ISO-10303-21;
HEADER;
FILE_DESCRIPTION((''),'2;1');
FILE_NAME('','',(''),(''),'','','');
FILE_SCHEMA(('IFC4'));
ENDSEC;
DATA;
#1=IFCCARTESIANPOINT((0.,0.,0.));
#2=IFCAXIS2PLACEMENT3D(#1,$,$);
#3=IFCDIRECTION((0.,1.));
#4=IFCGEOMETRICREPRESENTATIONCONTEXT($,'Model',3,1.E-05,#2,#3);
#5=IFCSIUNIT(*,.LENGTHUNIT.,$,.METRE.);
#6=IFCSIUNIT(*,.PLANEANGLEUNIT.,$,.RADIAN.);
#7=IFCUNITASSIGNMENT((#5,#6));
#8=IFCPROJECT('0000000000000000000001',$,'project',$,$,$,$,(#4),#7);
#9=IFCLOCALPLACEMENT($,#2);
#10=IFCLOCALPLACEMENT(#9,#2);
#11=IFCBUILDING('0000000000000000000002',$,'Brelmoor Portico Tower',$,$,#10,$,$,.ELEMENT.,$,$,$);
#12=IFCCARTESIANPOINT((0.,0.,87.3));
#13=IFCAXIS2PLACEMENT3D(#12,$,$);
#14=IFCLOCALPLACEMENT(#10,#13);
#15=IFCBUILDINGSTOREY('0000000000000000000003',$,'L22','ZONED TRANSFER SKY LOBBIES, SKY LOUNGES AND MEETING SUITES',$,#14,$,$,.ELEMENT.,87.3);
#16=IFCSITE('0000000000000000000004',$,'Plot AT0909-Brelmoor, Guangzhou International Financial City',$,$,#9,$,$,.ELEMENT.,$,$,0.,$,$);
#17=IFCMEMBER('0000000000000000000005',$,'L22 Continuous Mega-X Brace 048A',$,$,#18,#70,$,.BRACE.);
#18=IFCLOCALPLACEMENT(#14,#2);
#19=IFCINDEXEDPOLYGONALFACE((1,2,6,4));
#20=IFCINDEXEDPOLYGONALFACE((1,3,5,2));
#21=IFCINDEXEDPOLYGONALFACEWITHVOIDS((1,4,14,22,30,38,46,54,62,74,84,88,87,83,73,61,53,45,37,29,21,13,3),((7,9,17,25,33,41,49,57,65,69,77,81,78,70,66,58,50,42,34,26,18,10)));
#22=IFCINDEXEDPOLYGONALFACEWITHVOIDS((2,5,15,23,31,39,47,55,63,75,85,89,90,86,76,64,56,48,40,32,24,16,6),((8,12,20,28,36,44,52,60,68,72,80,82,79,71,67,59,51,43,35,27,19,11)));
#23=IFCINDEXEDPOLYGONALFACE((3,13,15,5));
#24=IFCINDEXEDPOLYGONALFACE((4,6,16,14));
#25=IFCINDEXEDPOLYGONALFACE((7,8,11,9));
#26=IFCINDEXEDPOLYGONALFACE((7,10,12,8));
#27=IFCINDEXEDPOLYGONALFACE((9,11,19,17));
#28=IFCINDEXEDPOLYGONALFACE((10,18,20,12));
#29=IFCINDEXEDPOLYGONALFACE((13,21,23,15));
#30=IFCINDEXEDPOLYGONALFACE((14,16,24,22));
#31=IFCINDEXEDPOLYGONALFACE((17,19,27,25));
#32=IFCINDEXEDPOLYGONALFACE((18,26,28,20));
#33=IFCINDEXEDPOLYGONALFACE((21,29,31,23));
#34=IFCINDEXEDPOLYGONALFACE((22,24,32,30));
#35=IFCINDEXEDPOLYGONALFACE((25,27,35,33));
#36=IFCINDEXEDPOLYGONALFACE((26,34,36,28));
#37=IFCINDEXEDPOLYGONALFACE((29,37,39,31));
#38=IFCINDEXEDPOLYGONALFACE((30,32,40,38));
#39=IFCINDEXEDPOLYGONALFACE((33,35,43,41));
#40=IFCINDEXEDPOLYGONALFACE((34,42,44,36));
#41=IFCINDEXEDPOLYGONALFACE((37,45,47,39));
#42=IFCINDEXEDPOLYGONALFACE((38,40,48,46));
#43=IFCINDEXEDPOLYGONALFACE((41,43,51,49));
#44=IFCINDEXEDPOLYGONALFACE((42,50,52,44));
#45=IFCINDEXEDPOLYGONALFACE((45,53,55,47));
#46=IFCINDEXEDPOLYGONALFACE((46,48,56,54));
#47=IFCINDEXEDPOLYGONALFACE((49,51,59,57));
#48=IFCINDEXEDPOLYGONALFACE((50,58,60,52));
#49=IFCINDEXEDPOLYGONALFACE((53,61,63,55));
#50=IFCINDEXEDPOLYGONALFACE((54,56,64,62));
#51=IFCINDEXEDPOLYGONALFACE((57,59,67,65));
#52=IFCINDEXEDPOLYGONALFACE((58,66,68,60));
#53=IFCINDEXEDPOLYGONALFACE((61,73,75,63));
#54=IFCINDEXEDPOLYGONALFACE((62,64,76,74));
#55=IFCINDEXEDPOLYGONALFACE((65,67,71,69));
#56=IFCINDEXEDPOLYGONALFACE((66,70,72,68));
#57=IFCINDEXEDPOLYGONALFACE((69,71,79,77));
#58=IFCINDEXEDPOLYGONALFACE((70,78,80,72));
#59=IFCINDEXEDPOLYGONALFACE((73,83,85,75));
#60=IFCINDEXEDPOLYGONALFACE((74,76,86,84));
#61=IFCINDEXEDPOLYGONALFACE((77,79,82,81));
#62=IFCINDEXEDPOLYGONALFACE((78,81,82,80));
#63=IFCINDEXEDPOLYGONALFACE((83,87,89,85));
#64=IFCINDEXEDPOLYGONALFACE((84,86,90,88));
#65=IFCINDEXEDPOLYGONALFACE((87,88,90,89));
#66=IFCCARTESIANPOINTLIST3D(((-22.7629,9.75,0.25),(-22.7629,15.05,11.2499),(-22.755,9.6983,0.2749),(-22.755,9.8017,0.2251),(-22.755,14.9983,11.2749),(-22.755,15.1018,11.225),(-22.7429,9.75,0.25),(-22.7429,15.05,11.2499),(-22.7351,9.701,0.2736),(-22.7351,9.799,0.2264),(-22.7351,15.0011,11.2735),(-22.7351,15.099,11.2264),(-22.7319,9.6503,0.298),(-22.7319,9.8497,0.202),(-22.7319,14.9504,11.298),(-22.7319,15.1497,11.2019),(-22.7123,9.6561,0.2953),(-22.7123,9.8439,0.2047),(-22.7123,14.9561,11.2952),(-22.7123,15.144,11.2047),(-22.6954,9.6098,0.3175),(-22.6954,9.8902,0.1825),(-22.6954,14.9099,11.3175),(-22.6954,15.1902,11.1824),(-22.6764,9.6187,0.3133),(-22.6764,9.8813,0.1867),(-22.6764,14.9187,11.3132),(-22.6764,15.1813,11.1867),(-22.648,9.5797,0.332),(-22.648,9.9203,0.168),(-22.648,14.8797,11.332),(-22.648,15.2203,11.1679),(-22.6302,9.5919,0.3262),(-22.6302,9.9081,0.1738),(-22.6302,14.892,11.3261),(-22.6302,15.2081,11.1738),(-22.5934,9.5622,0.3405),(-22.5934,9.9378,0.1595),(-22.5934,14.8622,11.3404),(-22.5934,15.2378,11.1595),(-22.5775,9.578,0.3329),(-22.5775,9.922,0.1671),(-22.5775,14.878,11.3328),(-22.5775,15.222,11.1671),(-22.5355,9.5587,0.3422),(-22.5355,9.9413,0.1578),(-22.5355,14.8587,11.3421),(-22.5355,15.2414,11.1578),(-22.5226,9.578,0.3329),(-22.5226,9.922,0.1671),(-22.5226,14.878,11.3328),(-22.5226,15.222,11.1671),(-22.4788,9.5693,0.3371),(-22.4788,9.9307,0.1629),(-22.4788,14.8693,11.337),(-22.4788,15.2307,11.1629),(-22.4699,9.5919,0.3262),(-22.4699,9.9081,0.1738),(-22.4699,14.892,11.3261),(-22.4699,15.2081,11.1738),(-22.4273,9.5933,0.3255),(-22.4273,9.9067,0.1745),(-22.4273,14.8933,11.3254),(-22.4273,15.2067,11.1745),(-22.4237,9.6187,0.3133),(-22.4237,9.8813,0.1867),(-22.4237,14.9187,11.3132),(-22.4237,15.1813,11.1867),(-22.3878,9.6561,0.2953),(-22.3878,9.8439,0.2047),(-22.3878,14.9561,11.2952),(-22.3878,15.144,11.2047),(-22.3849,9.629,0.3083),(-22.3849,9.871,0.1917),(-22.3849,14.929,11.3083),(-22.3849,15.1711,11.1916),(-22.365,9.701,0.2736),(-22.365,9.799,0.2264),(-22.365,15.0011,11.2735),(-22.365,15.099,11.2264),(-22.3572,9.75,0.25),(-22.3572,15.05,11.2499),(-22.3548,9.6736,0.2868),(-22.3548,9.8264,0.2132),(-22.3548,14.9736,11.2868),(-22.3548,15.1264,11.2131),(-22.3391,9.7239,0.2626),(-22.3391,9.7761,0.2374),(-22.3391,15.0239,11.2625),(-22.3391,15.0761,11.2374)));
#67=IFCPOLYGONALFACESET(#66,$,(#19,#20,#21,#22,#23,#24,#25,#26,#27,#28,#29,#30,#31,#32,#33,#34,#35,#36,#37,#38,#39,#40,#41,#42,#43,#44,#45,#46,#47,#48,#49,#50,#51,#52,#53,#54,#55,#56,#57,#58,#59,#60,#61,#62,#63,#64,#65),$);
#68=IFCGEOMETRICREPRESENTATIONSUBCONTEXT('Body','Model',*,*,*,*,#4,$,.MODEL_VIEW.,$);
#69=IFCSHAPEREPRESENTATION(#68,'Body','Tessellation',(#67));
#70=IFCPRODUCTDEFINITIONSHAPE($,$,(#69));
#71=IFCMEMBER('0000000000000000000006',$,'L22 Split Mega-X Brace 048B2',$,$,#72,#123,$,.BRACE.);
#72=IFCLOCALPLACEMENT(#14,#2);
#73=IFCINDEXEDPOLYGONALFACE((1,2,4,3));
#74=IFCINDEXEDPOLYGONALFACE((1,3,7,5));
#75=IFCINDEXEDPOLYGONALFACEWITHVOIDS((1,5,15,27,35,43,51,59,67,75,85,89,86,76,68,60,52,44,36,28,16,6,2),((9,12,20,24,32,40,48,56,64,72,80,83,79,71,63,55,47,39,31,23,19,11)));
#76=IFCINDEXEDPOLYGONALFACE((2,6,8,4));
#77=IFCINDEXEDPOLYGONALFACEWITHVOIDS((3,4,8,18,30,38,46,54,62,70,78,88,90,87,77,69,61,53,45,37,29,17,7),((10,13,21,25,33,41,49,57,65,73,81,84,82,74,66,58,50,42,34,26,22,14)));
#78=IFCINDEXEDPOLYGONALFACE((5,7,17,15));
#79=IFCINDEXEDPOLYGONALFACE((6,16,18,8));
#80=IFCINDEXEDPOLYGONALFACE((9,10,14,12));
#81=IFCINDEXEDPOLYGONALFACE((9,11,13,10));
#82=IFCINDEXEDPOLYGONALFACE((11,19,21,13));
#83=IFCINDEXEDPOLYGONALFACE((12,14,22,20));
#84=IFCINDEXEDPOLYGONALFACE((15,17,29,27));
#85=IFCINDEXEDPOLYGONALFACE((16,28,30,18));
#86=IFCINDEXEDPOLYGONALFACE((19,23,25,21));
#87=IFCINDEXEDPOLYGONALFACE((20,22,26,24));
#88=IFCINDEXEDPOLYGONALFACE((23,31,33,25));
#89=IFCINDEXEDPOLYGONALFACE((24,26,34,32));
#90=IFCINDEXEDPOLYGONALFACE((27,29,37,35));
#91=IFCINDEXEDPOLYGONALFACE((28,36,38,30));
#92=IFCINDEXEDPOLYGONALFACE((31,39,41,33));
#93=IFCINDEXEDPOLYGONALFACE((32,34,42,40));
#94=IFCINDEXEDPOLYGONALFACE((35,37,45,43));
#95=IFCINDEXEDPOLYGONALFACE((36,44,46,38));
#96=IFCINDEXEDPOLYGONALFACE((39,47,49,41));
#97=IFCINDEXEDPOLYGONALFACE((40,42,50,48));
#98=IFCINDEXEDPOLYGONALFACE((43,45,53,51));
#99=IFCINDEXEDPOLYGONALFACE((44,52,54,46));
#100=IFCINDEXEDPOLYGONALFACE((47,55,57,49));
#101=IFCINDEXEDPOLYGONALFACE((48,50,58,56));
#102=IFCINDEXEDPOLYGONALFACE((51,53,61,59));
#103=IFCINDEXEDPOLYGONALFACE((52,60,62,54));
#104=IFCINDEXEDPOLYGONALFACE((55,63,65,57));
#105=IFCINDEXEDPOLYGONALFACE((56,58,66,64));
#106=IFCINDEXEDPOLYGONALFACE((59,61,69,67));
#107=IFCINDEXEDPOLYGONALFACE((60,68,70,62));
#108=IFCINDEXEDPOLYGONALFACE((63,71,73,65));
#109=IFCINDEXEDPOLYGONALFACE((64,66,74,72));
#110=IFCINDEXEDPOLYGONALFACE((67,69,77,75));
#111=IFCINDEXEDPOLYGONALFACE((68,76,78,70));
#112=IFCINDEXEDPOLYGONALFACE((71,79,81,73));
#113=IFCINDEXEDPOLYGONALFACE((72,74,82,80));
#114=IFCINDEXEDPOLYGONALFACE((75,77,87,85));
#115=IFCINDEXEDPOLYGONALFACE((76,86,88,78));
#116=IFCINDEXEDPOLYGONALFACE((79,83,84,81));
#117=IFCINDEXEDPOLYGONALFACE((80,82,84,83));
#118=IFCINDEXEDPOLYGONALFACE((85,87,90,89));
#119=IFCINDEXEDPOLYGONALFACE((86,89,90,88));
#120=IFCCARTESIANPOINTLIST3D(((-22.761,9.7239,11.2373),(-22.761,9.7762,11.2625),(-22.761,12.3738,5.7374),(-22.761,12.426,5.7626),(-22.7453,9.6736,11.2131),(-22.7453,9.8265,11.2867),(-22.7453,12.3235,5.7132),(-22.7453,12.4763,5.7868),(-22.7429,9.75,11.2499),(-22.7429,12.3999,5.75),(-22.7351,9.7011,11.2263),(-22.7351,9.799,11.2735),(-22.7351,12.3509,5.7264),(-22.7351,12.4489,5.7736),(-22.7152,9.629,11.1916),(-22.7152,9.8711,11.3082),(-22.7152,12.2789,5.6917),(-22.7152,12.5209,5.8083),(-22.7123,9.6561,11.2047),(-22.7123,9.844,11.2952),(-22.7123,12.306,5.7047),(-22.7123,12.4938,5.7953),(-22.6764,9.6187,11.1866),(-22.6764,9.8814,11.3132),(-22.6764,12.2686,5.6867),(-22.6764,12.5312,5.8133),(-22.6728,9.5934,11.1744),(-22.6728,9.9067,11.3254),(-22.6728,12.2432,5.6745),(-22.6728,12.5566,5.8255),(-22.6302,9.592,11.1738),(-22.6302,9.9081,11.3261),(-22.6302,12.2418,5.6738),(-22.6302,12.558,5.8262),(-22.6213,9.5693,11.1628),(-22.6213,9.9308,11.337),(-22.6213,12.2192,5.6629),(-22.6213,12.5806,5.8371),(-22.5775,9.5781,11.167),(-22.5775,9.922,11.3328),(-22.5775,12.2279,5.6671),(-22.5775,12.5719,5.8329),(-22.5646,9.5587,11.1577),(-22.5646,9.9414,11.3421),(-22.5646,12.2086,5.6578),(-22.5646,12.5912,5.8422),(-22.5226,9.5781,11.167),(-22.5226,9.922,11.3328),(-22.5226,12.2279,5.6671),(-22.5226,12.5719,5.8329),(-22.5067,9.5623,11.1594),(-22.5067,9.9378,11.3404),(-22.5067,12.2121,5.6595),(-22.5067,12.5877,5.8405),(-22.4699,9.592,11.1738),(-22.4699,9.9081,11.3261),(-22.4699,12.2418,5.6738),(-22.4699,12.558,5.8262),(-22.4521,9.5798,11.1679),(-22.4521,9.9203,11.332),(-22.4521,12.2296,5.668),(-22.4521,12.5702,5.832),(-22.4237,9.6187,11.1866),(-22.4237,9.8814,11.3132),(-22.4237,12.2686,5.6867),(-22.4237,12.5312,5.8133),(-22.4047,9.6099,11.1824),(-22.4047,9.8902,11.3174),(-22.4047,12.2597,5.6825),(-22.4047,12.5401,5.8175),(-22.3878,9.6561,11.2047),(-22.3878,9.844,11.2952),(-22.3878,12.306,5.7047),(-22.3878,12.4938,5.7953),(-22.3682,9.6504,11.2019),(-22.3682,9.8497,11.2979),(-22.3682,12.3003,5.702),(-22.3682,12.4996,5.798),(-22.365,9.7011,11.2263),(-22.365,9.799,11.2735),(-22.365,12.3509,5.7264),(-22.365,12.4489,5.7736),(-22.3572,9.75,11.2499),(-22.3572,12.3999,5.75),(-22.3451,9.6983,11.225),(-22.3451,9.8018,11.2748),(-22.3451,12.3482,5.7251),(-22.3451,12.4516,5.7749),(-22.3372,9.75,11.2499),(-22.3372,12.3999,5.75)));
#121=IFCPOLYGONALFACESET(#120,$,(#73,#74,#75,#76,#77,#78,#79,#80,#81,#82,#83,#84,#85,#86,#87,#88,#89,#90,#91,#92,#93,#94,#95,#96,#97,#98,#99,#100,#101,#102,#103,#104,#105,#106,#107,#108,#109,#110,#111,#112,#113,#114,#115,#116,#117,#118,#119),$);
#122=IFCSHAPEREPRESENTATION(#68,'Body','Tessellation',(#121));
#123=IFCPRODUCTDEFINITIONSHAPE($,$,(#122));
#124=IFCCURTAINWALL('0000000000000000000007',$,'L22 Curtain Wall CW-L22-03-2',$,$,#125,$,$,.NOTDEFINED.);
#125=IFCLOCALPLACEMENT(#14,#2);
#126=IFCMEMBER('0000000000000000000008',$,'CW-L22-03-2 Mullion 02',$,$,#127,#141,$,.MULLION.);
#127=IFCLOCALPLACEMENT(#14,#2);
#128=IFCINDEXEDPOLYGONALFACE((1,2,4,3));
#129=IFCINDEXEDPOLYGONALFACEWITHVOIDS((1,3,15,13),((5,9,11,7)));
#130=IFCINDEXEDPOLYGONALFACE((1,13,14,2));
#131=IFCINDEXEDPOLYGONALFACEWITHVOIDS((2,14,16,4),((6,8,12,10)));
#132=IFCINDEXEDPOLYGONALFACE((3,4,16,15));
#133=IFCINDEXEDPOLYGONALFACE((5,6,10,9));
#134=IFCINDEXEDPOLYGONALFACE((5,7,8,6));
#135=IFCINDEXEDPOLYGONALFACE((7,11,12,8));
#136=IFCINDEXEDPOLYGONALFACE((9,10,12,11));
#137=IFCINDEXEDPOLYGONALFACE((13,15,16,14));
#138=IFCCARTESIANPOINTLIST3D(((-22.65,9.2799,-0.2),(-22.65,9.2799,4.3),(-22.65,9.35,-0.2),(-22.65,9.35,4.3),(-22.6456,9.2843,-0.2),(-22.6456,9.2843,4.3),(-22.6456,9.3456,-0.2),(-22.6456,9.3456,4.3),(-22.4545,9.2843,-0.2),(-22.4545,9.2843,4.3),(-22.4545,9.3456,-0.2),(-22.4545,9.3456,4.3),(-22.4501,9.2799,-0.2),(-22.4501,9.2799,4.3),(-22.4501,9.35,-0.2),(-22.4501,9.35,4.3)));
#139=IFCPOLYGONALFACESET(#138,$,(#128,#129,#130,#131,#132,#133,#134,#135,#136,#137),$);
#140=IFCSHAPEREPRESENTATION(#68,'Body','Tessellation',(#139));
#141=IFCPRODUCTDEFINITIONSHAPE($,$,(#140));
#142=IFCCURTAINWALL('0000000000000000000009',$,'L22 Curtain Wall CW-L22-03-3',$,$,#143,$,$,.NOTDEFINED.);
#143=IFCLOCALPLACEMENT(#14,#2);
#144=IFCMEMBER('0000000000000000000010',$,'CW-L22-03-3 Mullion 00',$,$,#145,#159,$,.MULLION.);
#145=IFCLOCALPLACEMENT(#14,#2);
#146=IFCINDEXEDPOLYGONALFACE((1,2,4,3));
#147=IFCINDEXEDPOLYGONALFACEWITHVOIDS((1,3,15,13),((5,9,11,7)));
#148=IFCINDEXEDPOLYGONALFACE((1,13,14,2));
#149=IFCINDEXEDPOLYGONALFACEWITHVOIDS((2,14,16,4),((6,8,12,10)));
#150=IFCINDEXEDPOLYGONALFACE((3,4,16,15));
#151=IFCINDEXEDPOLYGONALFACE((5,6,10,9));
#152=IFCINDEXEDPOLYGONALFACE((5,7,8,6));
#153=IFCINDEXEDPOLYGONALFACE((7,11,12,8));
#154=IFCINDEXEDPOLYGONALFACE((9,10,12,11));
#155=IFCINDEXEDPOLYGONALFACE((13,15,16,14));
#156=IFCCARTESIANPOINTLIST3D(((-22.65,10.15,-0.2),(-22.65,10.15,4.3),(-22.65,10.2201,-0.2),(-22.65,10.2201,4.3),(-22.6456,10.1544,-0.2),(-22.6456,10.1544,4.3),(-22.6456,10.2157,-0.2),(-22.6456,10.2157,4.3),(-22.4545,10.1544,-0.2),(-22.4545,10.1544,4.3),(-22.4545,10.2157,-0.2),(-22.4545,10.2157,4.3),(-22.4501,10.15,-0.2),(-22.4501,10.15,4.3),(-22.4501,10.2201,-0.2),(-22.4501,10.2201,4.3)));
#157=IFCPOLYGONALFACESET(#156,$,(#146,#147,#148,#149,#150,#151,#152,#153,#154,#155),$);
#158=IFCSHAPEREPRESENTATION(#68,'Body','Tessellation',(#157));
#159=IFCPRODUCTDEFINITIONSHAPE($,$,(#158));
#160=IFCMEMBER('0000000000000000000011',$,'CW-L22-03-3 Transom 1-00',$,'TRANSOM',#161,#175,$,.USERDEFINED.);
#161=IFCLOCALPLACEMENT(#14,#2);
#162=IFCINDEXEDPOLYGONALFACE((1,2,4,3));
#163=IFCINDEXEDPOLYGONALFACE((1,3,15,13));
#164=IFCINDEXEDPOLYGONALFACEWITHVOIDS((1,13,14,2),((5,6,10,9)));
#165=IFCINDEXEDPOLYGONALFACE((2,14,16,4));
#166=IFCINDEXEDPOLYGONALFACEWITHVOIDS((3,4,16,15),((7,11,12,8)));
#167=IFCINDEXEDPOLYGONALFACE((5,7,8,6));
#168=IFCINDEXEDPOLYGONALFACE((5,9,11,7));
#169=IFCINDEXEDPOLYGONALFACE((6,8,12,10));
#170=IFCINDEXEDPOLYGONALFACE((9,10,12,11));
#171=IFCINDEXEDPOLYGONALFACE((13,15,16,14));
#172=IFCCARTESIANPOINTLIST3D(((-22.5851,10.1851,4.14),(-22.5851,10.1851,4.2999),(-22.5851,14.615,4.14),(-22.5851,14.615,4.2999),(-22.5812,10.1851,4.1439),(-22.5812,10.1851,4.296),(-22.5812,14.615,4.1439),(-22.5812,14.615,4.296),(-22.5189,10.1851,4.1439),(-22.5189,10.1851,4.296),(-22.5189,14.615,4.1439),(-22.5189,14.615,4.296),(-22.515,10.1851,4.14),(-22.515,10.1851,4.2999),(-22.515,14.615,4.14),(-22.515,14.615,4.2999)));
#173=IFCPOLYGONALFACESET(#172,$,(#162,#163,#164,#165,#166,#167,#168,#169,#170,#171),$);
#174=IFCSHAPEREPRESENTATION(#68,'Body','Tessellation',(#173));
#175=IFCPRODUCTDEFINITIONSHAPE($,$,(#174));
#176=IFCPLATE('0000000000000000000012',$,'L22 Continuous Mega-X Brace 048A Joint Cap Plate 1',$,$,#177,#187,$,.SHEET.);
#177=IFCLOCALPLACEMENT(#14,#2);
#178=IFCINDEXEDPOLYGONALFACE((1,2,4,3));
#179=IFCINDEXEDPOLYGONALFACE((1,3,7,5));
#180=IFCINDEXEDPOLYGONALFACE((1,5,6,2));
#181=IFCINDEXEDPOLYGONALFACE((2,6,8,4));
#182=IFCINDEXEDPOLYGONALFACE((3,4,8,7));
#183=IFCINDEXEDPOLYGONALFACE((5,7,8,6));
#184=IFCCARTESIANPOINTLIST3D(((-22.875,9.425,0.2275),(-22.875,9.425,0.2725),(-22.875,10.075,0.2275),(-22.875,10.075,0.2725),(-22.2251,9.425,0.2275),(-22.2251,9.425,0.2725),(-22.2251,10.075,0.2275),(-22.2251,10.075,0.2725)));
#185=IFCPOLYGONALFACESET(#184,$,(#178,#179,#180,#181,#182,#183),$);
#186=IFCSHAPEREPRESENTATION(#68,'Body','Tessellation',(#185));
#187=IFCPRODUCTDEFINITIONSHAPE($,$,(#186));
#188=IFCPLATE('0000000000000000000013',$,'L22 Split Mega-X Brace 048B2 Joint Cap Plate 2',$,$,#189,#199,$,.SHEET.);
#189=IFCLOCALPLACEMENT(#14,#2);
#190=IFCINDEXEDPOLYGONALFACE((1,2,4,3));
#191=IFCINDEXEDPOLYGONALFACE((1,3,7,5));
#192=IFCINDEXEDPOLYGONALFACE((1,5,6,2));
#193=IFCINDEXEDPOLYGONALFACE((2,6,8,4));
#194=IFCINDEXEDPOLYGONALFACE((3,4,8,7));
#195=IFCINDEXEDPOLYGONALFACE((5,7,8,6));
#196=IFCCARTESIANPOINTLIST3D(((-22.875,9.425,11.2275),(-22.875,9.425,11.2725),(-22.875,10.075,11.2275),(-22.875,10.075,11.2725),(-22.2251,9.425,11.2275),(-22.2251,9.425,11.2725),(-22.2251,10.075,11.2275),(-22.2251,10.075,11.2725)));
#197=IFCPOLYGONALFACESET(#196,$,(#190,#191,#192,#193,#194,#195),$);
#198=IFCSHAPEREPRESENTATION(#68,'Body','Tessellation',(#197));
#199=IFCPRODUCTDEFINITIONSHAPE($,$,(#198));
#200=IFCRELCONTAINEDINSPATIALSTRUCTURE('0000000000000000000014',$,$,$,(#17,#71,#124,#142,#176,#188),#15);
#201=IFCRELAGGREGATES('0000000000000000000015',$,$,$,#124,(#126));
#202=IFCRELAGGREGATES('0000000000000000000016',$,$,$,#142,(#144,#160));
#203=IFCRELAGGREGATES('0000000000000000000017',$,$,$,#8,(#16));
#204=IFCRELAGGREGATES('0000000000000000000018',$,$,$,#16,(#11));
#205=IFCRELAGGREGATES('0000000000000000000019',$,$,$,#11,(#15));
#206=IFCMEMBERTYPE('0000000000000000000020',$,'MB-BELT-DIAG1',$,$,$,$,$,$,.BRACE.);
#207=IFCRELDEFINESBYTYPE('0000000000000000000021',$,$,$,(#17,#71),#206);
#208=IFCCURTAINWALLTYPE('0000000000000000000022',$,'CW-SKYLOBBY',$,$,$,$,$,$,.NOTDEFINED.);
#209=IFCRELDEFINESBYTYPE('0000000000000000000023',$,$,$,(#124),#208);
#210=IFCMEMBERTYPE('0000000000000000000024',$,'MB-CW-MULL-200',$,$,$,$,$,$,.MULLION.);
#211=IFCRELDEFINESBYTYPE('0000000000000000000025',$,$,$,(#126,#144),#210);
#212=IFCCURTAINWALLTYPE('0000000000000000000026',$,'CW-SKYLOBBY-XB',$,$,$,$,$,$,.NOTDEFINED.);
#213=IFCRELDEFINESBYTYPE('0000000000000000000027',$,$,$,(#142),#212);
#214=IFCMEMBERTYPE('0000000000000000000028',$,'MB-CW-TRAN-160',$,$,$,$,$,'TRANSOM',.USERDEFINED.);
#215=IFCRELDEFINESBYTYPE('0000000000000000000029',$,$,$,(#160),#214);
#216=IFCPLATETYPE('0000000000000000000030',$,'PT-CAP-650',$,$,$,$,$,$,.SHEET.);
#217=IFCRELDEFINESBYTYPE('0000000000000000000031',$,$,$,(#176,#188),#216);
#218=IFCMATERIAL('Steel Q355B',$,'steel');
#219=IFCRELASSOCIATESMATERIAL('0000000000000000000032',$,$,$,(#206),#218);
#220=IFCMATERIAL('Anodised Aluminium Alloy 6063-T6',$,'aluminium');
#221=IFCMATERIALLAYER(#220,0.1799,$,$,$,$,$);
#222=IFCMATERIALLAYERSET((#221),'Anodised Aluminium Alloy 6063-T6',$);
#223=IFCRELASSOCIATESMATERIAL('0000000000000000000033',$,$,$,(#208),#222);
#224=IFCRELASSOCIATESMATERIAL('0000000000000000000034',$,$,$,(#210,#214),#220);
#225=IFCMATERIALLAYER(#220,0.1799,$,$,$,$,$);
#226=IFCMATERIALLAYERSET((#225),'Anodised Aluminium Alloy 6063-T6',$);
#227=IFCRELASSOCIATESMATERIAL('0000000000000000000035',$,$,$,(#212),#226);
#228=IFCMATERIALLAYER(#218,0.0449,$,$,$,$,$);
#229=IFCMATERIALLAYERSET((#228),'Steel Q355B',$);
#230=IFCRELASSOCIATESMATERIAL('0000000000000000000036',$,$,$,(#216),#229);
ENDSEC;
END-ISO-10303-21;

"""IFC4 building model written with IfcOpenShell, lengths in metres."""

from ifc_helpers import new_model, si_unit, direction, frame, origin, origin_2d, place, context, subcontext, project, spatial, rectangle, hollow_rectangle, hollow_circle, extrude, material, layer, layer_set, material_profile, profile_set, type_object, element, aggregate, save


model = new_model("IFC4")

# Units and contexts
model_context = context("Model", 3, precision=1e-05, world=origin(), true_north=direction((0.0, 1.0)))
body_context = subcontext(model_context, "Body", "Model", "MODEL_VIEW")
ifc_project = project(units=[si_unit("LENGTHUNIT", "METRE"), si_unit("PLANEANGLEUNIT", "RADIAN")], contexts=[model_context])

# Site, building, storey
site_placement = place(None, origin())
site = spatial("IfcSite", under=ifc_project, at=site_placement, Name="Plot AT0909-Brelmoor, Guangzhou International Financial City", CompositionType="ELEMENT", RefElevation=0.0)
building_placement = place(site_placement, origin())
building = spatial("IfcBuilding", under=site, at=building_placement, Name="Brelmoor Portico Tower", CompositionType="ELEMENT")
storey_placement = place(building_placement, frame((0.0, 0.0, 87.3)))
storey = spatial("IfcBuildingStorey", under=building, at=storey_placement, Name="L22", Description="ZONED TRANSFER SKY LOBBIES, SKY LOUNGES AND MEETING SUITES", CompositionType="ELEMENT", Elevation=87.3)

# Shared definitions
ifc_material_1 = material(Name="Steel Q355B", Category="steel")

# Members
ifc_material_profile_1 = material_profile(ifc_material_1, hollow_circle(Radius=0.2129, WallThickness=0.02, at=origin_2d()), Name="CHS 426x20")
ifc_profile_set_1 = profile_set([ifc_material_profile_1], Name="Steel Q355B")
member_type_1 = type_object("IfcMemberType", Name="MB-BELT-DIAG1", PredefinedType="BRACE", material=ifc_profile_set_1)
member_1_placement = place(storey_placement, frame((-22.55, 9.75, 0.25), z_axis=(0.0, 0.434065, 0.900882), x_axis=(-1.0, 0.0, 0.0)))
element("IfcMember", 1, at=member_1_placement, inside=storey, type_object=member_type_1, Name="L22 Continuous Mega-X Brace 048A", PredefinedType="BRACE", context=body_context, shape_type="SweptSolid", body=[
    extrude(hollow_circle(Radius=0.2129, WallThickness=0.02, at=origin_2d()), origin(), (0.0, 0.0, 1.0), 12.2102),
])
member_2_placement = place(storey_placement, frame((-22.55, 12.3999, 5.75), z_axis=(0.0, -0.434049, 0.900889), x_axis=(1.0, 0.0, 0.0)))
element("IfcMember", 2, at=member_2_placement, inside=storey, type_object=member_type_1, Name="L22 Split Mega-X Brace 048B2", PredefinedType="BRACE", context=body_context, shape_type="SweptSolid", body=[
    extrude(hollow_circle(Radius=0.2129, WallThickness=0.02, at=origin_2d()), origin(), (0.0, 0.0, 1.0), 6.105),
])

# Curtain wall, member
ifc_material_2 = material(Name="Anodised Aluminium Alloy 6063-T6", Category="aluminium")
ifc_layer_1 = layer(ifc_material_2, 0.1799)
ifc_layer_set_1 = layer_set([ifc_layer_1], Name="Anodised Aluminium Alloy 6063-T6")
curtain_wall_type_1 = type_object("IfcCurtainWallType", Name="CW-SKYLOBBY", PredefinedType="NOTDEFINED", material=ifc_layer_set_1)
curtain_wall_1_placement = place(storey_placement, origin())
curtain_wall_1 = element("IfcCurtainWall", 3, at=curtain_wall_1_placement, inside=storey, type_object=curtain_wall_type_1, Name="L22 Curtain Wall CW-L22-03-2", PredefinedType="NOTDEFINED")
ifc_material_profile_2 = material_profile(ifc_material_2, hollow_rectangle(XDim=0.0701, YDim=0.2, WallThickness=0.0044, at=origin_2d()), Name="ALU MULLION 70x200")
ifc_profile_set_2 = profile_set([ifc_material_profile_2], Name="Anodised Aluminium Alloy 6063-T6")
member_type_2 = type_object("IfcMemberType", Name="MB-CW-MULL-200", PredefinedType="MULLION", material=ifc_profile_set_2)
member_3_placement = place(storey_placement, frame((-22.55, 9.3149, -0.2), z_axis=(0.0, 0.0, 1.0), x_axis=(0.0, 1.0, 0.0)))
member_3 = element("IfcMember", 4, at=member_3_placement, type_object=member_type_2, Name="CW-L22-03-2 Mullion 02", PredefinedType="MULLION", context=body_context, shape_type="SweptSolid", body=[
    extrude(hollow_rectangle(XDim=0.0701, YDim=0.2, WallThickness=0.0044, at=origin_2d()), origin(), (0.0, 0.0, 1.0), 4.5),
])

# Curtain wall, members
ifc_layer_2 = layer(ifc_material_2, 0.1799)
ifc_layer_set_2 = layer_set([ifc_layer_2], Name="Anodised Aluminium Alloy 6063-T6")
curtain_wall_type_2 = type_object("IfcCurtainWallType", Name="CW-SKYLOBBY-XB", PredefinedType="NOTDEFINED", material=ifc_layer_set_2)
curtain_wall_2_placement = place(storey_placement, origin())
curtain_wall_2 = element("IfcCurtainWall", 5, at=curtain_wall_2_placement, inside=storey, type_object=curtain_wall_type_2, Name="L22 Curtain Wall CW-L22-03-3", PredefinedType="NOTDEFINED")
member_4_placement = place(storey_placement, frame((-22.55, 10.1851, -0.2), z_axis=(0.0, 0.0, 1.0), x_axis=(0.0, 1.0, 0.0)))
member_4 = element("IfcMember", 6, at=member_4_placement, type_object=member_type_2, Name="CW-L22-03-3 Mullion 00", PredefinedType="MULLION", context=body_context, shape_type="SweptSolid", body=[
    extrude(hollow_rectangle(XDim=0.0701, YDim=0.2, WallThickness=0.0044, at=origin_2d()), origin(), (0.0, 0.0, 1.0), 4.5),
])
ifc_material_profile_3 = material_profile(ifc_material_2, hollow_rectangle(XDim=0.0701, YDim=0.1599, WallThickness=0.0039, at=origin_2d()), Name="ALU TRANSOM 70x160")
ifc_profile_set_3 = profile_set([ifc_material_profile_3], Name="Anodised Aluminium Alloy 6063-T6")
member_type_3 = type_object("IfcMemberType", Name="MB-CW-TRAN-160", ElementType="TRANSOM", PredefinedType="USERDEFINED", material=ifc_profile_set_3)
member_5_placement = place(storey_placement, frame((-22.55, 10.1851, 4.22), z_axis=(0.0, 1.0, 0.0), x_axis=(-1.0, 0.0, 0.0)))
member_5 = element("IfcMember", 7, at=member_5_placement, type_object=member_type_3, Name="CW-L22-03-3 Transom 1-00", ObjectType="TRANSOM", PredefinedType="USERDEFINED", context=body_context, shape_type="SweptSolid", body=[
    extrude(hollow_rectangle(XDim=0.0701, YDim=0.1599, WallThickness=0.0039, at=origin_2d()), origin(), (0.0, 0.0, 1.0), 4.4299),
])

# Plates
ifc_layer_3 = layer(ifc_material_1, 0.0449)
ifc_layer_set_3 = layer_set([ifc_layer_3], Name="Steel Q355B")
plate_type_1 = type_object("IfcPlateType", Name="PT-CAP-650", PredefinedType="SHEET", material=ifc_layer_set_3)
for number, where, z_axis, x_axis, name in (
    (8, (-22.55, 9.75, 0.2275), (0.0, 0.0, 1.0), (1.0, 0.0, 0.0), "L22 Continuous Mega-X Brace 048A Joint Cap Plate 1"),
    (9, (-22.55, 9.75, 11.2275), (0.0, 0.0, 1.0), (1.0, 0.0, 0.0), "L22 Split Mega-X Brace 048B2 Joint Cap Plate 2"),
):
    element("IfcPlate", number, at=place(storey_placement, frame(where, z_axis=z_axis, x_axis=x_axis)), inside=storey, type_object=plate_type_1, Name=name, PredefinedType="SHEET", context=body_context, shape_type="SweptSolid", body=[
        extrude(rectangle(XDim=0.6499, YDim=0.6499, at=origin_2d()), origin(), (0.0, 0.0, 1.0), 0.0449),
    ])

aggregate(curtain_wall_1, [member_3])
aggregate(curtain_wall_2, [member_4, member_5])

save(model, "model.ifc")
